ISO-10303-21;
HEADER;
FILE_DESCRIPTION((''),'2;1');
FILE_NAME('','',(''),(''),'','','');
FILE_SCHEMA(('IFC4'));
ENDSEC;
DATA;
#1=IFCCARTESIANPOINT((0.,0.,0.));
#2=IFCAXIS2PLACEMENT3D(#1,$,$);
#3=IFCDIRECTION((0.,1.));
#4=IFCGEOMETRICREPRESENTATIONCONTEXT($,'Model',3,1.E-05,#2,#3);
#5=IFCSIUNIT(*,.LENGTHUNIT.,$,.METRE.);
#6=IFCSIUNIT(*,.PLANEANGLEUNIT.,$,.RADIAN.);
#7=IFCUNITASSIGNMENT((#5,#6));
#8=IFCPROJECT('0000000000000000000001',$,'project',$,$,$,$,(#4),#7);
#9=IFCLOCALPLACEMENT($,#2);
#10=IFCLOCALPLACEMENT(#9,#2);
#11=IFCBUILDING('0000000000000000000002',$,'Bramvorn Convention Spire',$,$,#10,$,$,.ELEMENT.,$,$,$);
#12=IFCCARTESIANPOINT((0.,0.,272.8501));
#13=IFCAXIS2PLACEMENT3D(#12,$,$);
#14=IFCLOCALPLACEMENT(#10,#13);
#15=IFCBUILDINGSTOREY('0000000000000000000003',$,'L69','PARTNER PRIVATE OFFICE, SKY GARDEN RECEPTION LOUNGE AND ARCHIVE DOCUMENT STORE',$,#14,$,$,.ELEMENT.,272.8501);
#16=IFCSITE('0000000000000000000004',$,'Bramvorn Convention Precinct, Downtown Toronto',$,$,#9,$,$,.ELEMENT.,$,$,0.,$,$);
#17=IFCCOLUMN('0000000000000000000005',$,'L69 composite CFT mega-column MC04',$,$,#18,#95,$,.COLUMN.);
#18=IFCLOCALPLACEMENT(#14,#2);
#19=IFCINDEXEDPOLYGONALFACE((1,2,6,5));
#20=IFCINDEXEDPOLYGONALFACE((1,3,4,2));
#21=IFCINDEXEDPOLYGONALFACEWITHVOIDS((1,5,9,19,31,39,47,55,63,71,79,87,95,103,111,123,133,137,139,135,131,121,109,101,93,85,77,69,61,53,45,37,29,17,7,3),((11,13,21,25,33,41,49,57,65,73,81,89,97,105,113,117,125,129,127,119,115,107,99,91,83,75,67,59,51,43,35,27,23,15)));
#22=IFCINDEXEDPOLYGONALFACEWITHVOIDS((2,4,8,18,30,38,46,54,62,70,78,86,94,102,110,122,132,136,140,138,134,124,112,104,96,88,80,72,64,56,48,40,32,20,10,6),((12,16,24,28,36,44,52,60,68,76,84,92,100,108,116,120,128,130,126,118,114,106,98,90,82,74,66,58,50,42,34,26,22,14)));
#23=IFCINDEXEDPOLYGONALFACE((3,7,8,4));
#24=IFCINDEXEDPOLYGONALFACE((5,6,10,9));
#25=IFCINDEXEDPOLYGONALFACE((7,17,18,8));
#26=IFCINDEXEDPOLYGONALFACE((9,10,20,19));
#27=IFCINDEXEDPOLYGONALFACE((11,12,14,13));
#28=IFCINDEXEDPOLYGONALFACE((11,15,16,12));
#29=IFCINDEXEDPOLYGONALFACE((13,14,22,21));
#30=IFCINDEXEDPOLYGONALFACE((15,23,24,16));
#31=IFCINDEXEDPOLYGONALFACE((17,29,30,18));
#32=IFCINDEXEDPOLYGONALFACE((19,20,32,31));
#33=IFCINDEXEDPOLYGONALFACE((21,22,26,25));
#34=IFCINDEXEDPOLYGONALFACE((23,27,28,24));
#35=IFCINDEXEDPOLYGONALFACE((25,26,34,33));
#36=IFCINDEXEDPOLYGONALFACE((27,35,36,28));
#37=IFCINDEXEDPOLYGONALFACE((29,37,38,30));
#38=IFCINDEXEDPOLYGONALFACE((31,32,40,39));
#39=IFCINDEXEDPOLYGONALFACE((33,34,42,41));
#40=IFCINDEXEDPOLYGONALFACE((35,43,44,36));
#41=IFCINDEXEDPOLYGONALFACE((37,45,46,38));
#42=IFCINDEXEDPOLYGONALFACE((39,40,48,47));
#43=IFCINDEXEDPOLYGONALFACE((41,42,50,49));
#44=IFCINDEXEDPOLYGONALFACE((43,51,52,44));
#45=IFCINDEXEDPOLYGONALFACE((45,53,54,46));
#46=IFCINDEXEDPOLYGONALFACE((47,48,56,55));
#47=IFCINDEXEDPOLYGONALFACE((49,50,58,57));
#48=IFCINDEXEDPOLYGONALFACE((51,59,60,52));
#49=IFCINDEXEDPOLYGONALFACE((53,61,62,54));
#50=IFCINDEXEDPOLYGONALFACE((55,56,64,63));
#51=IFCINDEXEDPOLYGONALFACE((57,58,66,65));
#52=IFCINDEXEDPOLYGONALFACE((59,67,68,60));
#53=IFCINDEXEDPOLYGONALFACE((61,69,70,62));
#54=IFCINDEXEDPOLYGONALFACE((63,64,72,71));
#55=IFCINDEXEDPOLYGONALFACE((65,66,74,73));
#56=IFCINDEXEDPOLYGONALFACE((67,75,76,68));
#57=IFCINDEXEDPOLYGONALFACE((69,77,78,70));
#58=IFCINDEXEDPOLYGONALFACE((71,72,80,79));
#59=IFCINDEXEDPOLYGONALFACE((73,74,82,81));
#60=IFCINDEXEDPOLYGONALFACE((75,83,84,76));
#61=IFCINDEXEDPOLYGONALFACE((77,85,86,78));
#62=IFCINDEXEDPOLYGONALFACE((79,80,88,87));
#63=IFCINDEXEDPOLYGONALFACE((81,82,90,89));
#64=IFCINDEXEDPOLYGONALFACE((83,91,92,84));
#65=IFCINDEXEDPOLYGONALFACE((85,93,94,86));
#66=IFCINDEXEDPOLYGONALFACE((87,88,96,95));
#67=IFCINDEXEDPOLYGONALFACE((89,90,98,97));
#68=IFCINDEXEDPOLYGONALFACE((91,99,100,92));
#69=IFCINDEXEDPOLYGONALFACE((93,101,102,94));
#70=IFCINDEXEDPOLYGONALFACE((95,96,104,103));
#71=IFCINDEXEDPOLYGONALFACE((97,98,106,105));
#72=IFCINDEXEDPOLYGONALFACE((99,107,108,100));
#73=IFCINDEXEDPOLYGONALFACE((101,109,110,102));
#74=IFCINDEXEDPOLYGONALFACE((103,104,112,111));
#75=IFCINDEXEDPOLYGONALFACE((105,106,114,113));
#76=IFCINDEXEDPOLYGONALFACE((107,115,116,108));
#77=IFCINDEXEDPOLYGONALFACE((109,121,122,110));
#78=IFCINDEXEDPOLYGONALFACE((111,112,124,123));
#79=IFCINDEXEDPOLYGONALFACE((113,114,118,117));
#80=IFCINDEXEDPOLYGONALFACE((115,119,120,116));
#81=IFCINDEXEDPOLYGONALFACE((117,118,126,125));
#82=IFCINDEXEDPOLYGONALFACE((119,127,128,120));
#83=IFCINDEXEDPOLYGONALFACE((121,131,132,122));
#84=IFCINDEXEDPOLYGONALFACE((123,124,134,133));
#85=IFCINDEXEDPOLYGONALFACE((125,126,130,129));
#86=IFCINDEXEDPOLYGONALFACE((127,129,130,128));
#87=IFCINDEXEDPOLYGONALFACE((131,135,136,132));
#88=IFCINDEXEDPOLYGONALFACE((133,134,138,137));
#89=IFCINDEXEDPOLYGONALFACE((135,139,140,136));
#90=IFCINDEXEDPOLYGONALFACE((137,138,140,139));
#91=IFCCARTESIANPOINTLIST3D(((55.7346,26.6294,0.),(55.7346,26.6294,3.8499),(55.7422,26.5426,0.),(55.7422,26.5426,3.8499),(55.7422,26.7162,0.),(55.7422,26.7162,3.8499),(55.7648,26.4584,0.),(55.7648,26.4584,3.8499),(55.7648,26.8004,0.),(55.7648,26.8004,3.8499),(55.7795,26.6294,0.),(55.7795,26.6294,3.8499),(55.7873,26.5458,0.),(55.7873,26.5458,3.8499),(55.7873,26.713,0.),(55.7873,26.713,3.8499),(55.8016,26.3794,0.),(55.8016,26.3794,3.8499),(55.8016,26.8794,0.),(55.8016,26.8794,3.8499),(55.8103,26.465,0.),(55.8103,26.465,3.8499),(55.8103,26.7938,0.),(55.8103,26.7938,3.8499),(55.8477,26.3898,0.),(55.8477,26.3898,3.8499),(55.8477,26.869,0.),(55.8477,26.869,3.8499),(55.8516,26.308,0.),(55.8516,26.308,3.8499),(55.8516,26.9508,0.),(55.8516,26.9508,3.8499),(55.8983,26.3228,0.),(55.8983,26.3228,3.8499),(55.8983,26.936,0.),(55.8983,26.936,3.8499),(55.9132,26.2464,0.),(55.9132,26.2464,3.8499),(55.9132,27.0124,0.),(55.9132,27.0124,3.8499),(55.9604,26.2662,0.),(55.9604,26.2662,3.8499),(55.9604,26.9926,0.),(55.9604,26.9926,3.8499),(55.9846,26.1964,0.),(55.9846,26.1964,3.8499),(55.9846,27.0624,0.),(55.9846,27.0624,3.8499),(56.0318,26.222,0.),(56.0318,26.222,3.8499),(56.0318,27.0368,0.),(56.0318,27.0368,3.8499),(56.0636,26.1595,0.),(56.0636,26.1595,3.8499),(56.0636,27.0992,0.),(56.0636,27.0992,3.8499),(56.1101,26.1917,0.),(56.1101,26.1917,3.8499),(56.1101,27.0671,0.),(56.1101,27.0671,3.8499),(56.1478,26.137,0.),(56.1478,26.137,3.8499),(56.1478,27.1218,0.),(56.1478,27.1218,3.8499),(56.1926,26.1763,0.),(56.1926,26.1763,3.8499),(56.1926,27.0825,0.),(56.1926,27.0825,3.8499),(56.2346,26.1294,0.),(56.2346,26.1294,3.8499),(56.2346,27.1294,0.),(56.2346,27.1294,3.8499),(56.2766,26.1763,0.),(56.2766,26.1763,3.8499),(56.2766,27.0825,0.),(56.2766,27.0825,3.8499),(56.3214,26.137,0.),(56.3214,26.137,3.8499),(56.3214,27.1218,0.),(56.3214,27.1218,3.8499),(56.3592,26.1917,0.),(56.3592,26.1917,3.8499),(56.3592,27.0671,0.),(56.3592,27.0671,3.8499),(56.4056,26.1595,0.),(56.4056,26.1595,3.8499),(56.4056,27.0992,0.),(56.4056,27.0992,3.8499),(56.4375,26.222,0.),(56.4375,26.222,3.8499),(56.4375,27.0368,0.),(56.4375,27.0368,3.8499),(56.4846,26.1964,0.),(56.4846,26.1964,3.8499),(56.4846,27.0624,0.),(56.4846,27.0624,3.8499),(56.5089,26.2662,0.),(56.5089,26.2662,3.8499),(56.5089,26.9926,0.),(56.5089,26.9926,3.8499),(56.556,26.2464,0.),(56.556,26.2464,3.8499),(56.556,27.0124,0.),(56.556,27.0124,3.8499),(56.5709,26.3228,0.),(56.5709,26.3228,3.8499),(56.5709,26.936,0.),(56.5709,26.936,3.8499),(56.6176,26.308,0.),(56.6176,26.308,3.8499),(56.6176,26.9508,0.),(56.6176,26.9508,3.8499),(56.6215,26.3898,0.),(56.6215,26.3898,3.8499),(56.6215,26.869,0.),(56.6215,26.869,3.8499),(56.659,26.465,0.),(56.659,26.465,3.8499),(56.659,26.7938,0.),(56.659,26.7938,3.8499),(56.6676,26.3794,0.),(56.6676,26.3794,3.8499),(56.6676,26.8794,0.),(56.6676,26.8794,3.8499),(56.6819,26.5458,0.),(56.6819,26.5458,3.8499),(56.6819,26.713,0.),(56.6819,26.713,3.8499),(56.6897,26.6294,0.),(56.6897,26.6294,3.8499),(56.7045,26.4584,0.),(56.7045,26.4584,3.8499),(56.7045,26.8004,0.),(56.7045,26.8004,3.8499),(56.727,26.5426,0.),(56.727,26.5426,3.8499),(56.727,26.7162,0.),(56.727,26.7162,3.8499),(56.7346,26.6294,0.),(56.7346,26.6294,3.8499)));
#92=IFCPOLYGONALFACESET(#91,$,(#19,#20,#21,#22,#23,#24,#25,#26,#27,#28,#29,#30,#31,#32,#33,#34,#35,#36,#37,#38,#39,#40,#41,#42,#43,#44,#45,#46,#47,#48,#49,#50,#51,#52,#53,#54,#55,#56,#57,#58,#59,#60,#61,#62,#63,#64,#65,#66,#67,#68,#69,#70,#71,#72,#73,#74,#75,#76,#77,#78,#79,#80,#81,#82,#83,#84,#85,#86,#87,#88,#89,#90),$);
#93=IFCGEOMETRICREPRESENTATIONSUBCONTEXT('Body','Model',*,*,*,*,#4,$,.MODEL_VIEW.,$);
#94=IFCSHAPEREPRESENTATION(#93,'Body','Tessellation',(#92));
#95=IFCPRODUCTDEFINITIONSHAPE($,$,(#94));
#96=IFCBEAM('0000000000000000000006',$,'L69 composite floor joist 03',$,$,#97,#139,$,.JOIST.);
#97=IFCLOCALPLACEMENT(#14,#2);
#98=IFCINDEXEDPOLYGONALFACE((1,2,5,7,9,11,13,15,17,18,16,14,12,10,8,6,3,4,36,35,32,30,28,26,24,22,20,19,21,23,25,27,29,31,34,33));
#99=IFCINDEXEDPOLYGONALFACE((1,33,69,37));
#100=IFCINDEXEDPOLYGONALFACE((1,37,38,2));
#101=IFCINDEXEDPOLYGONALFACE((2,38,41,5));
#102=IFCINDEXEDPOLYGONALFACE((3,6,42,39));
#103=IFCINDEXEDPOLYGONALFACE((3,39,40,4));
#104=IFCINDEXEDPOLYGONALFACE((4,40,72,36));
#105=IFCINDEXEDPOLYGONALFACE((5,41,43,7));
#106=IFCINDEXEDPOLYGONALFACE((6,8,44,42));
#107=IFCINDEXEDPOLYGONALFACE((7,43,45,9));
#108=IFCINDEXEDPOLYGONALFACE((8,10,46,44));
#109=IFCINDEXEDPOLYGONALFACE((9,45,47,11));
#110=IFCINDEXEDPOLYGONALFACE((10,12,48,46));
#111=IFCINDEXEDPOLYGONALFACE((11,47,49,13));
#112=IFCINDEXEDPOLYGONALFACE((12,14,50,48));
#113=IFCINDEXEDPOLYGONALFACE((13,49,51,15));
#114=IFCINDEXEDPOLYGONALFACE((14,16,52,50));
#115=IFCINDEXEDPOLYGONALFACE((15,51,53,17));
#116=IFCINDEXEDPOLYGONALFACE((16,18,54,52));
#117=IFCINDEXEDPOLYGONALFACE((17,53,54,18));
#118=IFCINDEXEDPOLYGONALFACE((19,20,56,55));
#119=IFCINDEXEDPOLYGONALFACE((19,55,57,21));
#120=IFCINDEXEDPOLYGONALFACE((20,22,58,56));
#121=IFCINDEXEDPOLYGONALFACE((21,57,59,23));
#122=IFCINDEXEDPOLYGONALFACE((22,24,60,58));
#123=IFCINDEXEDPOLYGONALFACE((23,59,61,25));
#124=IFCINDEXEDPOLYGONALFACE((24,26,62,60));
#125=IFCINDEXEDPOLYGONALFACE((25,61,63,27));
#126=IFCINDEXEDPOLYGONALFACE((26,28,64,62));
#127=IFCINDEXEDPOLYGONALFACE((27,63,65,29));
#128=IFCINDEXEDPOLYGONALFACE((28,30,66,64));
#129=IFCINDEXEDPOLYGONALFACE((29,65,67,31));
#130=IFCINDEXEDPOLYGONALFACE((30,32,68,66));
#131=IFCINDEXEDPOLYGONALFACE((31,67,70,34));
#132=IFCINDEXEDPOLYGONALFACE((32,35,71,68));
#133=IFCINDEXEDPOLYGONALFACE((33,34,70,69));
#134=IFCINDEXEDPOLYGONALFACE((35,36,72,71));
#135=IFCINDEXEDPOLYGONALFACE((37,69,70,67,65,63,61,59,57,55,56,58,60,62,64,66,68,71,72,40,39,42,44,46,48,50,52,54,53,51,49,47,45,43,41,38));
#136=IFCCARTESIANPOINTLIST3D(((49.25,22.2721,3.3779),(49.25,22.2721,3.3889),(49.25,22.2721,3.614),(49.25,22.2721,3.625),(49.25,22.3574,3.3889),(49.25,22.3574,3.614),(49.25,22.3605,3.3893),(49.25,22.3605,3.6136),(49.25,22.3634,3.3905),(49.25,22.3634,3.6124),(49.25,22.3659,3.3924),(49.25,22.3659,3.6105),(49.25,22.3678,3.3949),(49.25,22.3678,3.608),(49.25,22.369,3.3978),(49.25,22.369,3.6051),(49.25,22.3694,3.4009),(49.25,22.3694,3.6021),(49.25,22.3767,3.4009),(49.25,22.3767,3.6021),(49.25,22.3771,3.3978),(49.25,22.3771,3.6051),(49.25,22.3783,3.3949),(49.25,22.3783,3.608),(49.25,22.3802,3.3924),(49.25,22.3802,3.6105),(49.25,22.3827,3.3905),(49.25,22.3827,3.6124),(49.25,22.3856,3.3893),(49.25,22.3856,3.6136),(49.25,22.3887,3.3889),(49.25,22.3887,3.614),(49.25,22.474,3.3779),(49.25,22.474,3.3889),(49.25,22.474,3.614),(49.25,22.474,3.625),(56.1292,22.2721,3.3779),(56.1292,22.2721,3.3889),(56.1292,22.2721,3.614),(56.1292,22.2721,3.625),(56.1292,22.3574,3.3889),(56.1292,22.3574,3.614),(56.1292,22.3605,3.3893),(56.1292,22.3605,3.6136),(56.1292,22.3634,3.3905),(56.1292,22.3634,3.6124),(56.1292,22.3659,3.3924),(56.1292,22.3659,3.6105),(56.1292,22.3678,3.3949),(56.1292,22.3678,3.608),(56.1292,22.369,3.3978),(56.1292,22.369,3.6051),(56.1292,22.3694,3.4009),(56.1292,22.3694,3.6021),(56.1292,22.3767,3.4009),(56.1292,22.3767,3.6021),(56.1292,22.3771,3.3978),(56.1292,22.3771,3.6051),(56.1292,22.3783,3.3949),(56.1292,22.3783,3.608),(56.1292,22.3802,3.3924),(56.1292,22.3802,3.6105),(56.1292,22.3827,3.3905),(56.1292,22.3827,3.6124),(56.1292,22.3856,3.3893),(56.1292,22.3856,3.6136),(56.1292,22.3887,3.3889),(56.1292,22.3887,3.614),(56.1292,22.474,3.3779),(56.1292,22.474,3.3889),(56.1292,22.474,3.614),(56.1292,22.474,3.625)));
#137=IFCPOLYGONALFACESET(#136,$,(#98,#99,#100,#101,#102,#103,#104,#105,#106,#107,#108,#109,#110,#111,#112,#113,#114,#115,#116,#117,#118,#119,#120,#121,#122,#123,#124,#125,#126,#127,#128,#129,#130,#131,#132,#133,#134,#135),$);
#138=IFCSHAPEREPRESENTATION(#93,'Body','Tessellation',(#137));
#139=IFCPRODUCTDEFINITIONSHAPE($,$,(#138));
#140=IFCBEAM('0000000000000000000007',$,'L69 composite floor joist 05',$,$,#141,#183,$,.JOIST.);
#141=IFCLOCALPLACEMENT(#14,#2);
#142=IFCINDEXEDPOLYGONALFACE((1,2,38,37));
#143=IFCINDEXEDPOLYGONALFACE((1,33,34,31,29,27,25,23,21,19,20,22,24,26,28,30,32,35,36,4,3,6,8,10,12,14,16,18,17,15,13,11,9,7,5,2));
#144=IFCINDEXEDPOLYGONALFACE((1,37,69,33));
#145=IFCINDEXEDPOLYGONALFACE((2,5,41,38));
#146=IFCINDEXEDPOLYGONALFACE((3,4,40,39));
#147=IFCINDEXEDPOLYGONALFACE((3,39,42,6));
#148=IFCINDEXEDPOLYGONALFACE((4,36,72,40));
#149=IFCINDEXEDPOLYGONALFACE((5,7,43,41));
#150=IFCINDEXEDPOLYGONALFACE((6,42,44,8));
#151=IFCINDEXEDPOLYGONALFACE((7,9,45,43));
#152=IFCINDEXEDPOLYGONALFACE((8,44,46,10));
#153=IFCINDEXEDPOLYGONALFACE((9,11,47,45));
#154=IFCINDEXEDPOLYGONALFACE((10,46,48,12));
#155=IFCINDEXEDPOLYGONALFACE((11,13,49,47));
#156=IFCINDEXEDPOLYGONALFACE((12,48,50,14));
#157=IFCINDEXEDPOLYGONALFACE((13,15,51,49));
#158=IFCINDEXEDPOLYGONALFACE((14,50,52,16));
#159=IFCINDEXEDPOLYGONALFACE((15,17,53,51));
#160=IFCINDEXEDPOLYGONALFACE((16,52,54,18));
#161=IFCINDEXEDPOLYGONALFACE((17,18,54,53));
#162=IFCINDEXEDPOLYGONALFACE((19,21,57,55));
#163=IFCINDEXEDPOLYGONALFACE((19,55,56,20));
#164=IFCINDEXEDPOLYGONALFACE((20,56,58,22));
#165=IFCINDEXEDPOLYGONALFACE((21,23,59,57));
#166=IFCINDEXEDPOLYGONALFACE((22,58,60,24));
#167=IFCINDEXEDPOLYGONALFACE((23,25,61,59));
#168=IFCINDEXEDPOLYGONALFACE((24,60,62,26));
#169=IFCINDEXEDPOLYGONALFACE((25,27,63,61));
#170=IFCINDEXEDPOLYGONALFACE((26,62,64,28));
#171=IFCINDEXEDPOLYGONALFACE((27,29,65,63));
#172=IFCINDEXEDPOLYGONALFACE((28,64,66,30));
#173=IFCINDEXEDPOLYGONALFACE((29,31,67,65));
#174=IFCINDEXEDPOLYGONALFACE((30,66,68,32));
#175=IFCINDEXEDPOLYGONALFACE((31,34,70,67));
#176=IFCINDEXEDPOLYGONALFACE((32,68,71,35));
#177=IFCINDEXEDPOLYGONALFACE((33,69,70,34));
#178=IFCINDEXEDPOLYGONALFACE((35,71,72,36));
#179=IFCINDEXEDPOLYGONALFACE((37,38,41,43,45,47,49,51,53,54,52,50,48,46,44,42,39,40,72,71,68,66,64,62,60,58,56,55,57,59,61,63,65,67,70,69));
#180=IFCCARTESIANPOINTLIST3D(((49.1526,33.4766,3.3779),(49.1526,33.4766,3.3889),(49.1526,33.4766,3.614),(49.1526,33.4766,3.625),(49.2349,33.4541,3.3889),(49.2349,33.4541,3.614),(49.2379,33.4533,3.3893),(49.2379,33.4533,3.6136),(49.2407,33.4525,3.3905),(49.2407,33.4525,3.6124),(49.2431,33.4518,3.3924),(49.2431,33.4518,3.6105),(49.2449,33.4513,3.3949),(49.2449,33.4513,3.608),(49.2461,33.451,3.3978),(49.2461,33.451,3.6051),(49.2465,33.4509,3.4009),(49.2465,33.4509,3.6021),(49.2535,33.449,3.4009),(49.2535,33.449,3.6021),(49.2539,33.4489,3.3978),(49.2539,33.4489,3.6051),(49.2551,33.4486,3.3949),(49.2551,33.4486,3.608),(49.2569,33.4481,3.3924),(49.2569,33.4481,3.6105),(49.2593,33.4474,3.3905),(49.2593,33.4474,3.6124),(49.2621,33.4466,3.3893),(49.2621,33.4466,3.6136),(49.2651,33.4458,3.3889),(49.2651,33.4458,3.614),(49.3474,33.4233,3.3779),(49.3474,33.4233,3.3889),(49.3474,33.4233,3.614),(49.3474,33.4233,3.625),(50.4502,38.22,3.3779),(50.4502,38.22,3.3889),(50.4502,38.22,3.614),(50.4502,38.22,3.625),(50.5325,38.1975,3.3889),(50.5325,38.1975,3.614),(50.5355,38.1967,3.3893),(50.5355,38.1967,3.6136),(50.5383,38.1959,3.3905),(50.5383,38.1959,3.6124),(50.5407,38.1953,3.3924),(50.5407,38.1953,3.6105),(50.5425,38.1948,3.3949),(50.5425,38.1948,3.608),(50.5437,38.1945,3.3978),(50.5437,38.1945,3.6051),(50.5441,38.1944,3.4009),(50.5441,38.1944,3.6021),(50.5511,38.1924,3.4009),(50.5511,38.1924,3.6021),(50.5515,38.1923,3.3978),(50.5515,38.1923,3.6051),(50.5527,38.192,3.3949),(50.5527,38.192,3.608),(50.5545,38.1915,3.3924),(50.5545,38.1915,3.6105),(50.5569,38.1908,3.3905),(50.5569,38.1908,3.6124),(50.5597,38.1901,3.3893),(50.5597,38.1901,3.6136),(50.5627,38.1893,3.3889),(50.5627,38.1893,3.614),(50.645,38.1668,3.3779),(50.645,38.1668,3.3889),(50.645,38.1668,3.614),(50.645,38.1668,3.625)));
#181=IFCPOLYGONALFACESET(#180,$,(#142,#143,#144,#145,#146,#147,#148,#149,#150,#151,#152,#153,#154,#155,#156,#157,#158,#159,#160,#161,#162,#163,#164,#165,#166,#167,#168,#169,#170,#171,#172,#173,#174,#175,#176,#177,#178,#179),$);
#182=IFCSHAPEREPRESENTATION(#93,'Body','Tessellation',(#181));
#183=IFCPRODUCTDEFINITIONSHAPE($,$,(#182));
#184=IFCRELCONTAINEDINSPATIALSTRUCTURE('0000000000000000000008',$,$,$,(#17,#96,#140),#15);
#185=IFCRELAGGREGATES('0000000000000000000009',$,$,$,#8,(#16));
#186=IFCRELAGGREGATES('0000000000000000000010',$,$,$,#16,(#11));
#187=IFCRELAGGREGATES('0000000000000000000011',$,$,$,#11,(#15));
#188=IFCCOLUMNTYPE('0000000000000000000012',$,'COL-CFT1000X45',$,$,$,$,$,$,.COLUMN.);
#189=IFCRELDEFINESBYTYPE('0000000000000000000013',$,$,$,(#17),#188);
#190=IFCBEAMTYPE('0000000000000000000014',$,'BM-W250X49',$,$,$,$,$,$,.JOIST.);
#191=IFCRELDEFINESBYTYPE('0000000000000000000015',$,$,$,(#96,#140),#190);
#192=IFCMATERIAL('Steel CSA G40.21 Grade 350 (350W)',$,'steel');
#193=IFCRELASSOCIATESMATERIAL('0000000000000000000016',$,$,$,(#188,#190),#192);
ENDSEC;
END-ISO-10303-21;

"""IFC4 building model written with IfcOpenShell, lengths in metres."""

from ifc_helpers import new_model, si_unit, direction, frame, origin, origin_2d, place, context, subcontext, project, spatial, hollow_circle, i_section, extrude, material, material_profile, profile_set, type_object, element, save


model = new_model("IFC4")

# Units and contexts
model_context = context("Model", 3, precision=1e-05, world=origin(), true_north=direction((0.0, 1.0)))
body_context = subcontext(model_context, "Body", "Model", "MODEL_VIEW")
ifc_project = project(units=[si_unit("LENGTHUNIT", "METRE"), si_unit("PLANEANGLEUNIT", "RADIAN")], contexts=[model_context])

# Site, building, storey
site_placement = place(None, origin())
site = spatial("IfcSite", under=ifc_project, at=site_placement, Name="Bramvorn Convention Precinct, Downtown Toronto", CompositionType="ELEMENT", RefElevation=0.0)
building_placement = place(site_placement, origin())
building = spatial("IfcBuilding", under=site, at=building_placement, Name="Bramvorn Convention Spire", CompositionType="ELEMENT")
storey_placement = place(building_placement, frame((0.0, 0.0, 272.8501)))
storey = spatial("IfcBuildingStorey", under=building, at=storey_placement, Name="L69", Description="PARTNER PRIVATE OFFICE, SKY GARDEN RECEPTION LOUNGE AND ARCHIVE DOCUMENT STORE", CompositionType="ELEMENT", Elevation=272.8501)

# Column
ifc_material_1 = material(Name="Steel CSA G40.21 Grade 350 (350W)", Category="steel")
ifc_material_profile_1 = material_profile(ifc_material_1, hollow_circle(Radius=0.5, WallThickness=0.0449, at=origin_2d()))
ifc_profile_set_1 = profile_set([ifc_material_profile_1], Name="Steel CSA G40.21 Grade 350 (350W) - CFT1000X45")
column_type = type_object("IfcColumnType", Name="COL-CFT1000X45", PredefinedType="COLUMN", material=ifc_profile_set_1)
column_placement = place(storey_placement, frame((56.2346, 26.6294, 0.0), z_axis=(0.0, 0.0, 1.0), x_axis=(1.0, 0.0, 0.0)))
element("IfcColumn", 1, at=column_placement, inside=storey, type_object=column_type, Name="L69 composite CFT mega-column MC04", PredefinedType="COLUMN", context=body_context, shape_type="SweptSolid", body=[
    extrude(hollow_circle(Radius=0.5, WallThickness=0.0449, at=origin_2d()), origin(), (0.0, 0.0, 1.0), 3.8499),
])

# Beams
ifc_material_profile_2 = material_profile(ifc_material_1, i_section(OverallWidth=0.2019, OverallDepth=0.2471, WebThickness=0.0073, FlangeThickness=0.011, FilletRadius=0.012, at=origin_2d()))
ifc_profile_set_2 = profile_set([ifc_material_profile_2], Name="Steel CSA G40.21 Grade 350 (350W) - W250X49")
beam_type_1 = type_object("IfcBeamType", Name="BM-W250X49", PredefinedType="JOIST", material=ifc_profile_set_2)
beam_1_placement = place(storey_placement, frame((49.25, 22.373, 3.5015), z_axis=(1.0, 0.0, 0.0), x_axis=(0.0, 1.0, 0.0)))
element("IfcBeam", 2, at=beam_1_placement, inside=storey, type_object=beam_type_1, Name="L69 composite floor joist 03", PredefinedType="JOIST", context=body_context, shape_type="SweptSolid", body=[
    extrude(i_section(OverallWidth=0.2019, OverallDepth=0.2471, WebThickness=0.0073, FlangeThickness=0.011, FilletRadius=0.012, at=origin_2d()), origin(), (0.0, 0.0, 1.0), 6.8792),
])
beam_2_placement = place(storey_placement, frame((49.25, 33.45, 3.5015), z_axis=(0.263865, 0.96456, 0.0), x_axis=(-0.96456, 0.263865, 0.0)))
element("IfcBeam", 3, at=beam_2_placement, inside=storey, type_object=beam_type_1, Name="L69 composite floor joist 05", PredefinedType="JOIST", context=body_context, shape_type="SweptSolid", body=[
    extrude(i_section(OverallWidth=0.2019, OverallDepth=0.2471, WebThickness=0.0073, FlangeThickness=0.011, FilletRadius=0.012, at=origin_2d()), origin(), (0.0, 0.0, 1.0), 4.9177),
])

save(model, "model.ifc")
